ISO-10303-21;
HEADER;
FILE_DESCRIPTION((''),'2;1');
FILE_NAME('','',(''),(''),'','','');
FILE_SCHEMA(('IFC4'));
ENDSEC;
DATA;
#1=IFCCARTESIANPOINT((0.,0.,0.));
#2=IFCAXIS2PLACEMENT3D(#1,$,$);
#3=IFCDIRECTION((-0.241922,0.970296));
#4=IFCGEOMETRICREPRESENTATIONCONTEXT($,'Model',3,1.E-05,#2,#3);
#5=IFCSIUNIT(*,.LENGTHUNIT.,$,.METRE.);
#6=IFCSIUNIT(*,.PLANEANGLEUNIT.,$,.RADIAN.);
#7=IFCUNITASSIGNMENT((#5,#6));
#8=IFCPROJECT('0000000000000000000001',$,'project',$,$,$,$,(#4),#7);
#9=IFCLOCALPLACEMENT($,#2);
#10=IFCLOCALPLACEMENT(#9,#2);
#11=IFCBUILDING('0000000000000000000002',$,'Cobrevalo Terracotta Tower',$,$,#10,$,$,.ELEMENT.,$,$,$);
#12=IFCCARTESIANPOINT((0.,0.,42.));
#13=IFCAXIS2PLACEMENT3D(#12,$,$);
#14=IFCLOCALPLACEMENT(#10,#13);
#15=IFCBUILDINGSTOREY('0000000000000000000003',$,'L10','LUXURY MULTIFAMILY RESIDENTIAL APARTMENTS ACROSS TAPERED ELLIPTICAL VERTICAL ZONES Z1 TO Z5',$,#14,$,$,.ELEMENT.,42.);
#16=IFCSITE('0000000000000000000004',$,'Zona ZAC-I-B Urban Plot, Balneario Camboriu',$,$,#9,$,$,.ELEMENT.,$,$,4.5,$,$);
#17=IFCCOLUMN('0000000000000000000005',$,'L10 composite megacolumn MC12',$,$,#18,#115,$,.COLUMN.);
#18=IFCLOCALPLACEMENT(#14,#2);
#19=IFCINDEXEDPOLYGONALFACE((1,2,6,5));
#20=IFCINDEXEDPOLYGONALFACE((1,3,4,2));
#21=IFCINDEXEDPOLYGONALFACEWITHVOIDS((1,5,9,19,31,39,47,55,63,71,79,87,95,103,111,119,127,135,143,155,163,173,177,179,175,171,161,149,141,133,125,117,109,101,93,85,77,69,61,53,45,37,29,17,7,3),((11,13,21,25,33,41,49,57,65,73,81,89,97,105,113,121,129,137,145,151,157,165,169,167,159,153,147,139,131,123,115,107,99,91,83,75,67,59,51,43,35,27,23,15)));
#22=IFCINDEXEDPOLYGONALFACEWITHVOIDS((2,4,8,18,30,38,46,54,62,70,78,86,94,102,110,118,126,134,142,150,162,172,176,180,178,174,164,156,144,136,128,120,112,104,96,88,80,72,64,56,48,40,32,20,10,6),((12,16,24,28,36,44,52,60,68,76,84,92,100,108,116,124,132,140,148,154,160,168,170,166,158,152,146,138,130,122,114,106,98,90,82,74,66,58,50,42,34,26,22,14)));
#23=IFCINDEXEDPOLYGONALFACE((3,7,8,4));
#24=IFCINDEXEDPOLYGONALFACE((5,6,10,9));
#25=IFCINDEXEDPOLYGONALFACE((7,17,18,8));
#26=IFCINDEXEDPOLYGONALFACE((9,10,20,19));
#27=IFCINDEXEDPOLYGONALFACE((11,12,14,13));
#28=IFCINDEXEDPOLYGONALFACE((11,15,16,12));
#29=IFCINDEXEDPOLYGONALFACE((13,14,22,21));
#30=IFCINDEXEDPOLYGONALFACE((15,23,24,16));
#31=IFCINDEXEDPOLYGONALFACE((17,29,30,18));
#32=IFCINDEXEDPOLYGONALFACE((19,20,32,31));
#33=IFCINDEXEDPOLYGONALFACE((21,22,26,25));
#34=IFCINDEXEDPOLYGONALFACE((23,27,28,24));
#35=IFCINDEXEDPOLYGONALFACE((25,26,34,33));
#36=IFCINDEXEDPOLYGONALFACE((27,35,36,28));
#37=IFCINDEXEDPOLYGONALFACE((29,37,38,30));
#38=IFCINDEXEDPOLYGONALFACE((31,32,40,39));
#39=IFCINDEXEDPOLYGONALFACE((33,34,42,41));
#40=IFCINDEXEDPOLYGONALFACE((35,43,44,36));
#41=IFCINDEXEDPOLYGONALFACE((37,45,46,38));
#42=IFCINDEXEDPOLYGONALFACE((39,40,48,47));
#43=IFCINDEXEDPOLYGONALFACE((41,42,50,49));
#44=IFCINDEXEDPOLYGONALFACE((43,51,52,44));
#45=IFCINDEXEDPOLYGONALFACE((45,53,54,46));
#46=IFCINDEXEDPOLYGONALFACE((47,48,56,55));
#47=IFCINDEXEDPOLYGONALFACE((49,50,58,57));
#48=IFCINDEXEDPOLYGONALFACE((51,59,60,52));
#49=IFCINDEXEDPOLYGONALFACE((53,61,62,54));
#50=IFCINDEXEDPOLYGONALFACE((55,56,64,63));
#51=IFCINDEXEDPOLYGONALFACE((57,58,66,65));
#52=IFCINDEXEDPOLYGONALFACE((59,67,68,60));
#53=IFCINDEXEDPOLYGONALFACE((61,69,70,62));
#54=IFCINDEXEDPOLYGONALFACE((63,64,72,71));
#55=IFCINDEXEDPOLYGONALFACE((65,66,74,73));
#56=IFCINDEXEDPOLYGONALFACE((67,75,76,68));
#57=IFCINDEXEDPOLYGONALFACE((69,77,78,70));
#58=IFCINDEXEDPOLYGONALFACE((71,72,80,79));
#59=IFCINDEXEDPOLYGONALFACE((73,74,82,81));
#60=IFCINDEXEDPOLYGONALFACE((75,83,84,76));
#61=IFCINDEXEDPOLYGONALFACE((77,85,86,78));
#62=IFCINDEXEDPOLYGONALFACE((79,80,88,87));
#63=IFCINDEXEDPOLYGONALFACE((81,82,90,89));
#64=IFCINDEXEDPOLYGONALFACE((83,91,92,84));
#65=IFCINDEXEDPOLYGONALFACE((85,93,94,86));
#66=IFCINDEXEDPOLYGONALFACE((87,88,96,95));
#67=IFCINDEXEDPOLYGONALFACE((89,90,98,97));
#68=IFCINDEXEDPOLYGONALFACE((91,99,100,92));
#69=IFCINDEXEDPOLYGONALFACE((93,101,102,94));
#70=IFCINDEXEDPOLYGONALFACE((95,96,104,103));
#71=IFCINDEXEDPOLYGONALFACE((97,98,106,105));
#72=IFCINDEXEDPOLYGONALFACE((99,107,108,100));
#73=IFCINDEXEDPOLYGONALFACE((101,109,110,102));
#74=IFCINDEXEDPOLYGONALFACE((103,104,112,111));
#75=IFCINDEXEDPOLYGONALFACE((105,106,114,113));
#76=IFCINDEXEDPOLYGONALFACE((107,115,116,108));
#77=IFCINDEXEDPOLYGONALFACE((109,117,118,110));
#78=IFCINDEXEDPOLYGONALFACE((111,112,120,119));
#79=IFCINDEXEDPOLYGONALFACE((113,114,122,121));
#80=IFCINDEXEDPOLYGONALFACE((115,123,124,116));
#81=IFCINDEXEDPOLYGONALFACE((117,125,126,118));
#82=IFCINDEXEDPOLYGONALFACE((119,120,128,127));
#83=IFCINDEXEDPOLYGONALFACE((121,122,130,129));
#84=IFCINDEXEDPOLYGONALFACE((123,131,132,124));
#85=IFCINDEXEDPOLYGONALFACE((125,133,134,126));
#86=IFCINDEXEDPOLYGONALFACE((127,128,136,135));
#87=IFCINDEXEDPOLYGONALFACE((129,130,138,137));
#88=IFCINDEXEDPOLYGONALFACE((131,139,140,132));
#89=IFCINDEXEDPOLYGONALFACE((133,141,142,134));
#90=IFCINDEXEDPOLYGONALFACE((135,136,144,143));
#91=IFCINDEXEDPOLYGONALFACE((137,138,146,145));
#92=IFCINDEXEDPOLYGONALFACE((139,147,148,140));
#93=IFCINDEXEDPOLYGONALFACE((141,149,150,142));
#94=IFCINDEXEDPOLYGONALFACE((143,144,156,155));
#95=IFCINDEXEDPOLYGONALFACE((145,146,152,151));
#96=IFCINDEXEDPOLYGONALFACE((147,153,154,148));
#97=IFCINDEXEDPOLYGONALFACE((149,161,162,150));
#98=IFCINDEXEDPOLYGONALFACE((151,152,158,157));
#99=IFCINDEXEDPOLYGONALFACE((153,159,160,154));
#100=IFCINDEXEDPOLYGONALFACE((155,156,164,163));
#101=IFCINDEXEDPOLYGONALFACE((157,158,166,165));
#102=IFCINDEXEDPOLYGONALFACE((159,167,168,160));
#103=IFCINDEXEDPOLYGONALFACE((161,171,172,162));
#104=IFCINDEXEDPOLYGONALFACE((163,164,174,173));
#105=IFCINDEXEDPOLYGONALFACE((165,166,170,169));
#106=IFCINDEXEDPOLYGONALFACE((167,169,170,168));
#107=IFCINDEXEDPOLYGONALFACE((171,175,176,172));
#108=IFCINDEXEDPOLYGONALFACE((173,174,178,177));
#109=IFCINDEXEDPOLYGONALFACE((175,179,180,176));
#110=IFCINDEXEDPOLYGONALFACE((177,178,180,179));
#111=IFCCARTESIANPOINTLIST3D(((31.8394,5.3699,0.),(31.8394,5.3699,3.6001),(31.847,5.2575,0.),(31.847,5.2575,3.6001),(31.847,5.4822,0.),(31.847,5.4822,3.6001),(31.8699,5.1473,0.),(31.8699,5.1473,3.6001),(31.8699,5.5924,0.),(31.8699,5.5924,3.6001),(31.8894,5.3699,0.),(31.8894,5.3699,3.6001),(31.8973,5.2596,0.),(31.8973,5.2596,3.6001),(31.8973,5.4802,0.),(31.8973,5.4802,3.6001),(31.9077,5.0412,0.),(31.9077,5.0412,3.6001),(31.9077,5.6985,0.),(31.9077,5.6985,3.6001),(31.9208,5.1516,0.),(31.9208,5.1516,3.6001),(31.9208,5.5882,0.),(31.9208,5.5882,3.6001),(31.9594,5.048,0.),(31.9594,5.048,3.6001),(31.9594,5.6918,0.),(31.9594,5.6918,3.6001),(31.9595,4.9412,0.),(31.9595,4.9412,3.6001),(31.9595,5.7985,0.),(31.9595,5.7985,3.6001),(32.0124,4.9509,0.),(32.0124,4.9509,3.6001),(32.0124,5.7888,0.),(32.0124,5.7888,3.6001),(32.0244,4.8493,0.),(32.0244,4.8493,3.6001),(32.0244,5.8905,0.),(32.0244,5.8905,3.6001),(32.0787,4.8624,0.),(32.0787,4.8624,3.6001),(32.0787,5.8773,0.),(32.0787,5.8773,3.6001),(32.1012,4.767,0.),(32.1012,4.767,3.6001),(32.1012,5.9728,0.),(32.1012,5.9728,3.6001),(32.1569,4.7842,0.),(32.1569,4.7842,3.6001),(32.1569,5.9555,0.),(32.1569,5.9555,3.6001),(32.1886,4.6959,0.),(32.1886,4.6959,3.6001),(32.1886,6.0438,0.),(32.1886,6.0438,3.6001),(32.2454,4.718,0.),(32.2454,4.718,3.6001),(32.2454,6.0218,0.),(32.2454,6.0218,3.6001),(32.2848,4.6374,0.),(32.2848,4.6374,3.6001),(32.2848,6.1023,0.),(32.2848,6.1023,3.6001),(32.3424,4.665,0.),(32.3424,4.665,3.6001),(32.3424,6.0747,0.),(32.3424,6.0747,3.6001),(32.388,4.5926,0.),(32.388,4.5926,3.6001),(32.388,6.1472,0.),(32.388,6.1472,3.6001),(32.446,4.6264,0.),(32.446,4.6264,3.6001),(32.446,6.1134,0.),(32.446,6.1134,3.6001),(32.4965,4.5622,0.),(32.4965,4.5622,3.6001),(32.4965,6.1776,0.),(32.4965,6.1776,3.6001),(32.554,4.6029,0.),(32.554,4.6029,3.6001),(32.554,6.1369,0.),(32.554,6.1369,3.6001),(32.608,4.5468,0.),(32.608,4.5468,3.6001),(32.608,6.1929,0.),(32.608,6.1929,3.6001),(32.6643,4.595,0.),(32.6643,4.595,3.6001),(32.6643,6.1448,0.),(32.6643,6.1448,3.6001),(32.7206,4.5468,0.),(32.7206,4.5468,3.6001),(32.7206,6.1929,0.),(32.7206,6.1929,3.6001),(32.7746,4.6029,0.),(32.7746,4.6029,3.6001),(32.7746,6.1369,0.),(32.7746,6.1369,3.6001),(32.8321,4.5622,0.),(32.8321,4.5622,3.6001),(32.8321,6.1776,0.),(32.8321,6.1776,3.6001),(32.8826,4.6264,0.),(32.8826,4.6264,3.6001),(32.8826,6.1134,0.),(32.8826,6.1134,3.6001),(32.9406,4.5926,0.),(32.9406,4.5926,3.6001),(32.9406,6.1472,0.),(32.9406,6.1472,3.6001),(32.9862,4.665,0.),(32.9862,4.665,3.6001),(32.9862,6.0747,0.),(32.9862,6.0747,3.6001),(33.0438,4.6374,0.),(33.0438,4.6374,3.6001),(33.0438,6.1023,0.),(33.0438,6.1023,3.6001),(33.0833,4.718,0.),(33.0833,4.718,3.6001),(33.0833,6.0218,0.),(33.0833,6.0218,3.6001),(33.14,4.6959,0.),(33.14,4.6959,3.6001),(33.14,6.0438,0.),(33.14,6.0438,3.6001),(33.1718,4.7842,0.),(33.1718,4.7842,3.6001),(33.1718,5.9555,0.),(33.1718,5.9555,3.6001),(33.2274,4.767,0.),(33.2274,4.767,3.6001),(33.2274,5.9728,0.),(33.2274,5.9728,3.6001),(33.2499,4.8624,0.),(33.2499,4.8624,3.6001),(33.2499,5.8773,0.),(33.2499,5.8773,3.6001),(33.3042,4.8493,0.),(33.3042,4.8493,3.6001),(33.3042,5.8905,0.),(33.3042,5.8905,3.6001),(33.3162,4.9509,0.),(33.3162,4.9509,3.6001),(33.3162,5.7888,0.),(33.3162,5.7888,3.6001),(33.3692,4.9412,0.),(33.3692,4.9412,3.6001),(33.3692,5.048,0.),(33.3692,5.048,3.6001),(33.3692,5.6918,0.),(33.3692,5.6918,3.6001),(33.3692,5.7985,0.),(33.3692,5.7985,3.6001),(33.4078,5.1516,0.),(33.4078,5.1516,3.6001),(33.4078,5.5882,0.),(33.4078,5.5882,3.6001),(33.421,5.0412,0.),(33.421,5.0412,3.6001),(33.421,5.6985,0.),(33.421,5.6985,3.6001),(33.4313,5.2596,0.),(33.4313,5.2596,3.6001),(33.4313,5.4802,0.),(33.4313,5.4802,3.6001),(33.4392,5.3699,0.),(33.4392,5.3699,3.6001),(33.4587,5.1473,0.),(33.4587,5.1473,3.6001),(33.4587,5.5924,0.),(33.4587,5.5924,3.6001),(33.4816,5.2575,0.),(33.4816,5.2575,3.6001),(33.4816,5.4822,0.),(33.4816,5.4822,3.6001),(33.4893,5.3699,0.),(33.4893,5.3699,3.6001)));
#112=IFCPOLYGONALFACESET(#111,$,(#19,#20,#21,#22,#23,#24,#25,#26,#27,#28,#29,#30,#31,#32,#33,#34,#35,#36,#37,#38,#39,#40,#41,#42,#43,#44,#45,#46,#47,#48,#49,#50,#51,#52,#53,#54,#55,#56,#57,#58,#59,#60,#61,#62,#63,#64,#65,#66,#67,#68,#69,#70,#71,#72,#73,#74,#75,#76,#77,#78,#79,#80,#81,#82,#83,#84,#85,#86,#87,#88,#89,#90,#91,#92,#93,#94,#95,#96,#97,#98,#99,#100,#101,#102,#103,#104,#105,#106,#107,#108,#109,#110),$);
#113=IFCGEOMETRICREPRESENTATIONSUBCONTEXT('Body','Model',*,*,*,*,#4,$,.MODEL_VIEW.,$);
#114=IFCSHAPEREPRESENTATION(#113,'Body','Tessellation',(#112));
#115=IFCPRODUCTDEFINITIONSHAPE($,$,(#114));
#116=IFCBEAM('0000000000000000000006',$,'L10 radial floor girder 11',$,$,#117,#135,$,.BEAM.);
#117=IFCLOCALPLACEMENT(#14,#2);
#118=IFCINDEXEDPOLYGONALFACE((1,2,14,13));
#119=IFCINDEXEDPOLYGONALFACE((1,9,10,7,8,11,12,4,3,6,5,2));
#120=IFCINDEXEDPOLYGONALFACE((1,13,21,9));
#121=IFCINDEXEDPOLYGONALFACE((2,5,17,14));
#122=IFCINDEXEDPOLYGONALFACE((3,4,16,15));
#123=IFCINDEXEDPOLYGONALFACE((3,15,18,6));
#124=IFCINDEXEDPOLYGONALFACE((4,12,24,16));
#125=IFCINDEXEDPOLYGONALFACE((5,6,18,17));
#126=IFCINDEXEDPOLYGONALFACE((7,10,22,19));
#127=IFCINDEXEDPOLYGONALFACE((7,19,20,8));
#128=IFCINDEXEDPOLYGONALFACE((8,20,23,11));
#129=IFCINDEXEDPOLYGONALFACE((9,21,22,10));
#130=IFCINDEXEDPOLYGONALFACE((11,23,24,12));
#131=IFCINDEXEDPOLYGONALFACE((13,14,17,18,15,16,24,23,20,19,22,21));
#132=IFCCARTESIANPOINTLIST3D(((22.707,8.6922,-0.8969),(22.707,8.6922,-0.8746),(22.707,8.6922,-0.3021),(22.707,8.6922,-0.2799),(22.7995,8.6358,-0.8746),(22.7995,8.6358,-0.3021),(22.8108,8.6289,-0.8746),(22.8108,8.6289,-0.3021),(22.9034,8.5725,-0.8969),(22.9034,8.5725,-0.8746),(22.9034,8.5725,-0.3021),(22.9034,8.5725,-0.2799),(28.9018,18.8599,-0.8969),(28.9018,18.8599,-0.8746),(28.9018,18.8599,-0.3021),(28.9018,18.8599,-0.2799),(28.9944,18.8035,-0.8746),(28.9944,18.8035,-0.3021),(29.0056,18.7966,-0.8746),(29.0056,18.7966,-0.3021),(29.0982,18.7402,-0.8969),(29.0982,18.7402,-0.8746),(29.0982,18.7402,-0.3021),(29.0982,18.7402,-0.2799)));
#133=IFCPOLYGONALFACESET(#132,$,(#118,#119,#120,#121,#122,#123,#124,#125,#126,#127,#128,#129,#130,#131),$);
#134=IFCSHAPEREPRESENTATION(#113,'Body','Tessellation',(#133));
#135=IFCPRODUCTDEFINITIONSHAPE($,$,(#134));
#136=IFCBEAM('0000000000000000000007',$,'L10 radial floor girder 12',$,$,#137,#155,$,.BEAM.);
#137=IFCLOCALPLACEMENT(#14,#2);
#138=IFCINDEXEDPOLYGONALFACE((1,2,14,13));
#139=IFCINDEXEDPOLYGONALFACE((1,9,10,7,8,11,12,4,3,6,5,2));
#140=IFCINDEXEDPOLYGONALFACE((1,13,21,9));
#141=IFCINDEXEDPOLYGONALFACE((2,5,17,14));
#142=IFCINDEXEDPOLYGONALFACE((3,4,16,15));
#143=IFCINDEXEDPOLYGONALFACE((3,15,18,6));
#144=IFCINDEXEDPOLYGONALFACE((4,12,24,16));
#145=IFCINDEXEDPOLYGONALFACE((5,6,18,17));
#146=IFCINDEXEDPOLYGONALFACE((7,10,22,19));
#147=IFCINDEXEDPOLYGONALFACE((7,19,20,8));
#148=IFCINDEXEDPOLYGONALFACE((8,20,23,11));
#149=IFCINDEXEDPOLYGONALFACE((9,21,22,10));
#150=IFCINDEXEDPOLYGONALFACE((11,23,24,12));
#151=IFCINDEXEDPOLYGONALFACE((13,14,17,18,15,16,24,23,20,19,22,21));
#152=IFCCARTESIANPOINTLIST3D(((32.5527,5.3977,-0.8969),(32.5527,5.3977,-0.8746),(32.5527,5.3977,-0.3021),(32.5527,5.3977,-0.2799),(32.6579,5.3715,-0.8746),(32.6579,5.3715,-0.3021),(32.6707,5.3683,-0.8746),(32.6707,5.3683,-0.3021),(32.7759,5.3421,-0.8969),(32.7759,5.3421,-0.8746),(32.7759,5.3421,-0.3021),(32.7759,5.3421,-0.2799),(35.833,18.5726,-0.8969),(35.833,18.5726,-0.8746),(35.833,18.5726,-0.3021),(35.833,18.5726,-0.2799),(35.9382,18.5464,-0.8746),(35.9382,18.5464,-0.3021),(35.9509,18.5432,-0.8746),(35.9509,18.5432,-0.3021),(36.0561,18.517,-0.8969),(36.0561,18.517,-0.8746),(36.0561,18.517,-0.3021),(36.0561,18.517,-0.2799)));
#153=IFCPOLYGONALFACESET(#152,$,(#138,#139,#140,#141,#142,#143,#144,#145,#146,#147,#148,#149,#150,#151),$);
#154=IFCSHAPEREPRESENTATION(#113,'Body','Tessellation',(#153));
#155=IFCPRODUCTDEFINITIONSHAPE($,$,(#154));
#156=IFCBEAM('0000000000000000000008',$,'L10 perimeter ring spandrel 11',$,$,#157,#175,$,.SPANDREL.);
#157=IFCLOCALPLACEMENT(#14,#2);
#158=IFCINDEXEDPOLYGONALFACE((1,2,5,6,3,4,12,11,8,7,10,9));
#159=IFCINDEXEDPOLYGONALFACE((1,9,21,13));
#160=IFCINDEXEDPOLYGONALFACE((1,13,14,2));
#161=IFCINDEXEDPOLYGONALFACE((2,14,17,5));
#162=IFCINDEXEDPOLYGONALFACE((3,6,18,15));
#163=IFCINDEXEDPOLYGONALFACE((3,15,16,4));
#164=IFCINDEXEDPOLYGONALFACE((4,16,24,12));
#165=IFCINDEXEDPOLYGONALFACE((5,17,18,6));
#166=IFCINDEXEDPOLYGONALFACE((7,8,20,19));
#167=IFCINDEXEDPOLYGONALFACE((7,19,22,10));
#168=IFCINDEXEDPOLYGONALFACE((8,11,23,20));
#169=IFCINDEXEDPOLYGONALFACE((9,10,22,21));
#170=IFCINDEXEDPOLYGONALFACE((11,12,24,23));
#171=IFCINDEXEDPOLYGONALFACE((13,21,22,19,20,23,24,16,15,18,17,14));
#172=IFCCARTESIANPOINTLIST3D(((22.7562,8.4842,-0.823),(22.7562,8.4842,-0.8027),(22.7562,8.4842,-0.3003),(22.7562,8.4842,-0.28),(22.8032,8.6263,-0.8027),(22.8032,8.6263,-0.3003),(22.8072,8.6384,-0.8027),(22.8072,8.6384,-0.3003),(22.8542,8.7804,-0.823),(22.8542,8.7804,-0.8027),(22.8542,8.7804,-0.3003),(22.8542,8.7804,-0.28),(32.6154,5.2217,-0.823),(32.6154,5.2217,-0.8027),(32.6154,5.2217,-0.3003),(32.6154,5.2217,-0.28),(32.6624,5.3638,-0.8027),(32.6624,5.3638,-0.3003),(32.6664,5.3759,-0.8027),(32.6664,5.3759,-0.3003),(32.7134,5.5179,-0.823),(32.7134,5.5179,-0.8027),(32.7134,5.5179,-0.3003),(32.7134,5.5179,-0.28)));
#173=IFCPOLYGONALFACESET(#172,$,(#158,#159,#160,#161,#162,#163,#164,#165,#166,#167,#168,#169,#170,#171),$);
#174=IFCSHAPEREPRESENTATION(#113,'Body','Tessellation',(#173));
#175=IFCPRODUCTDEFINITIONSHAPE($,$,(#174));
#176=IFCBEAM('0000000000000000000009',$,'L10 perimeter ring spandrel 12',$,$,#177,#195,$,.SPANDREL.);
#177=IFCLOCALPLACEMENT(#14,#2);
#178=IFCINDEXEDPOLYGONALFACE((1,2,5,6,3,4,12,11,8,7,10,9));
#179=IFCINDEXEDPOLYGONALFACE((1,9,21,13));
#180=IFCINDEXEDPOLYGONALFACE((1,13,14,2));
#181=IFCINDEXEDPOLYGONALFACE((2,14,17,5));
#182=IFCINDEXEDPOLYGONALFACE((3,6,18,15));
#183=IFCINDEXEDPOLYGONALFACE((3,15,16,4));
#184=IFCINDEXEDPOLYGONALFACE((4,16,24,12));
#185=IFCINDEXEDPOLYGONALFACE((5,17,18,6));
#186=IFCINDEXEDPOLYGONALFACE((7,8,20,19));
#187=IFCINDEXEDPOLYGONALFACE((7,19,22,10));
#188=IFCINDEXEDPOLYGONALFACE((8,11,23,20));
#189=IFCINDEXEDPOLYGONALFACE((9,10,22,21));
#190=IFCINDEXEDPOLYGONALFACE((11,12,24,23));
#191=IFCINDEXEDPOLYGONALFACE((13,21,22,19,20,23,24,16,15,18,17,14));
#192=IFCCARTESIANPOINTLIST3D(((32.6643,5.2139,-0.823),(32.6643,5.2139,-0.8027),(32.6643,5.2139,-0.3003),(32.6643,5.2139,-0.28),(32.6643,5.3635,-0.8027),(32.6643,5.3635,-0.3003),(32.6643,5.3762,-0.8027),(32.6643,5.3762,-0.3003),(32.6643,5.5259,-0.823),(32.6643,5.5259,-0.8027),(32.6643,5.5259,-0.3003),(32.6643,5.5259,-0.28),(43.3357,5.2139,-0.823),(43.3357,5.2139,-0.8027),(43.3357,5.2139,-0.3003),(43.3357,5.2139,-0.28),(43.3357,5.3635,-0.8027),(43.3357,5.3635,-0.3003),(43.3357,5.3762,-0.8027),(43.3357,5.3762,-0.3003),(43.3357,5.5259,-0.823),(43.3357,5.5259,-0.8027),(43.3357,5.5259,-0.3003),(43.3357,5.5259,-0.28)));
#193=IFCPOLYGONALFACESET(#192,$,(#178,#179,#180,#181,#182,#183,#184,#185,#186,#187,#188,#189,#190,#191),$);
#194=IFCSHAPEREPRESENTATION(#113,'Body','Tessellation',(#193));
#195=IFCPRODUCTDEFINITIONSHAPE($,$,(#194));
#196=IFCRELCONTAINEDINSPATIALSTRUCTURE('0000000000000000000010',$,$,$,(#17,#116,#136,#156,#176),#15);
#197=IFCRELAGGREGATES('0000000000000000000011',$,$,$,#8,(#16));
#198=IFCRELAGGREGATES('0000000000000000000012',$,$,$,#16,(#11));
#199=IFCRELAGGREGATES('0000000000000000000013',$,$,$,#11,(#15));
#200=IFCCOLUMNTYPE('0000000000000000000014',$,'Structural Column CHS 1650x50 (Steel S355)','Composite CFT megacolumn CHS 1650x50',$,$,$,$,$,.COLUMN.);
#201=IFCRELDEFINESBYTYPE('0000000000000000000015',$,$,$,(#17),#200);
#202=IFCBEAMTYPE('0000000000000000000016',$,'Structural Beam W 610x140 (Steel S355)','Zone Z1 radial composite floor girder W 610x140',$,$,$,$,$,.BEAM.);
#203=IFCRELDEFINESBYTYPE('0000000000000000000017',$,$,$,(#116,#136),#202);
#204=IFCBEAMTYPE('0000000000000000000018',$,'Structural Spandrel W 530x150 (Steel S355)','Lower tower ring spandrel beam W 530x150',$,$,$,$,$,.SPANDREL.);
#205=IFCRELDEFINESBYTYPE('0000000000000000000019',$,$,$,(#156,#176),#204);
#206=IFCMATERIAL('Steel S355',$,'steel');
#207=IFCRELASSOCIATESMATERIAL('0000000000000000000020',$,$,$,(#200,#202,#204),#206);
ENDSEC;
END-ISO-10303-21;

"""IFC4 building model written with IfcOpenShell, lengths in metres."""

from ifc_helpers import new_model, si_unit, direction, frame, origin, origin_2d, place, context, subcontext, project, spatial, hollow_circle, i_section, extrude, material, material_profile, profile_set, type_object, element, save


model = new_model("IFC4")

# Units and contexts
model_context = context("Model", 3, precision=1e-05, world=origin(), true_north=direction((-0.241922, 0.970296)))
body_context = subcontext(model_context, "Body", "Model", "MODEL_VIEW")
ifc_project = project(units=[si_unit("LENGTHUNIT", "METRE"), si_unit("PLANEANGLEUNIT", "RADIAN")], contexts=[model_context])

# Site, building, storey
site_placement = place(None, origin())
site = spatial("IfcSite", under=ifc_project, at=site_placement, Name="Zona ZAC-I-B Urban Plot, Balneario Camboriu", CompositionType="ELEMENT", RefElevation=4.5)
building_placement = place(site_placement, origin())
building = spatial("IfcBuilding", under=site, at=building_placement, Name="Cobrevalo Terracotta Tower", CompositionType="ELEMENT")
storey_placement = place(building_placement, frame((0.0, 0.0, 42.0)))
storey = spatial("IfcBuildingStorey", under=building, at=storey_placement, Name="L10", Description="LUXURY MULTIFAMILY RESIDENTIAL APARTMENTS ACROSS TAPERED ELLIPTICAL VERTICAL ZONES Z1 TO Z5", CompositionType="ELEMENT", Elevation=42.0)

# Column
ifc_material_1 = material(Name="Steel S355", Category="steel")
ifc_material_profile_1 = material_profile(ifc_material_1, hollow_circle(Radius=0.825, WallThickness=0.05, at=origin_2d()), Name="CHS 1650x50")
ifc_profile_set_1 = profile_set([ifc_material_profile_1], Name="Steel S355")
column_type = type_object("IfcColumnType", Name="Structural Column CHS 1650x50 (Steel S355)", Description="Composite CFT megacolumn CHS 1650x50", PredefinedType="COLUMN", material=ifc_profile_set_1)
for number, where, z_axis, x_axis, name in (
    (1, (32.6643, 5.3699, 0.0), (0.0, 0.0, 1.0), (1.0, 0.0, 0.0), "L10 composite megacolumn MC12"),
):
    element("IfcColumn", number, at=place(storey_placement, frame(where, z_axis=z_axis, x_axis=x_axis)), inside=storey, type_object=column_type, Name=name, PredefinedType="COLUMN", context=body_context, shape_type="SweptSolid", body=[
        extrude(hollow_circle(Radius=0.825, WallThickness=0.05, at=origin_2d()), origin(), (0.0, 0.0, 1.0), 3.6001),
    ])

# Beams
ifc_material_profile_2 = material_profile(ifc_material_1, i_section(OverallWidth=0.23, OverallDepth=0.6169, WebThickness=0.0132, FlangeThickness=0.0222, at=origin_2d()), Name="W 610x140")
ifc_profile_set_2 = profile_set([ifc_material_profile_2], Name="Steel S355")
beam_type_1 = type_object("IfcBeamType", Name="Structural Beam W 610x140 (Steel S355)", Description="Zone Z1 radial composite floor girder W 610x140", PredefinedType="BEAM", material=ifc_profile_set_2)
beam_1_placement = place(storey_placement, frame((22.8052, 8.6323, -0.5884), z_axis=(0.520301, 0.853983, 0.0), x_axis=(-0.853983, 0.520301, 0.0)))
element("IfcBeam", 2, at=beam_1_placement, inside=storey, type_object=beam_type_1, Name="L10 radial floor girder 11", PredefinedType="BEAM", context=body_context, shape_type="SweptSolid", body=[
    extrude(i_section(OverallWidth=0.23, OverallDepth=0.6169, WebThickness=0.0132, FlangeThickness=0.0222, at=origin_2d()), origin(), (0.0, 0.0, 1.0), 11.9062),
])
beam_2_placement = place(storey_placement, frame((32.6643, 5.3699, -0.5884), z_axis=(0.2416, 0.970376, 0.0), x_axis=(-0.970376, 0.2416, 0.0)))
element("IfcBeam", 3, at=beam_2_placement, inside=storey, type_object=beam_type_1, Name="L10 radial floor girder 12", PredefinedType="BEAM", context=body_context, shape_type="SweptSolid", body=[
    extrude(i_section(OverallWidth=0.23, OverallDepth=0.6169, WebThickness=0.0132, FlangeThickness=0.0222, at=origin_2d()), origin(), (0.0, 0.0, 1.0), 13.5771),
])
ifc_material_profile_3 = material_profile(ifc_material_1, i_section(OverallWidth=0.312, OverallDepth=0.543, WebThickness=0.0127, FlangeThickness=0.0203, at=origin_2d()), Name="W 530x150")
ifc_profile_set_3 = profile_set([ifc_material_profile_3], Name="Steel S355")
beam_type_2 = type_object("IfcBeamType", Name="Structural Spandrel W 530x150 (Steel S355)", Description="Lower tower ring spandrel beam W 530x150", PredefinedType="SPANDREL", material=ifc_profile_set_3)
beam_3_placement = place(storey_placement, frame((22.8052, 8.6323, -0.5515), z_axis=(0.949372, -0.314153, 0.0), x_axis=(0.314153, 0.949372, 0.0)))
element("IfcBeam", 4, at=beam_3_placement, inside=storey, type_object=beam_type_2, Name="L10 perimeter ring spandrel 11", PredefinedType="SPANDREL", context=body_context, shape_type="SweptSolid", body=[
    extrude(i_section(OverallWidth=0.312, OverallDepth=0.543, WebThickness=0.0127, FlangeThickness=0.0203, at=origin_2d()), origin(), (0.0, 0.0, 1.0), 10.385),
])
beam_4_placement = place(storey_placement, frame((32.6643, 5.3699, -0.5515), z_axis=(1.0, 0.0, 0.0), x_axis=(0.0, 1.0, 0.0)))
element("IfcBeam", 5, at=beam_4_placement, inside=storey, type_object=beam_type_2, Name="L10 perimeter ring spandrel 12", PredefinedType="SPANDREL", context=body_context, shape_type="SweptSolid", body=[
    extrude(i_section(OverallWidth=0.312, OverallDepth=0.543, WebThickness=0.0127, FlangeThickness=0.0203, at=origin_2d()), origin(), (0.0, 0.0, 1.0), 10.6714),
])

save(model, "model.ifc")
